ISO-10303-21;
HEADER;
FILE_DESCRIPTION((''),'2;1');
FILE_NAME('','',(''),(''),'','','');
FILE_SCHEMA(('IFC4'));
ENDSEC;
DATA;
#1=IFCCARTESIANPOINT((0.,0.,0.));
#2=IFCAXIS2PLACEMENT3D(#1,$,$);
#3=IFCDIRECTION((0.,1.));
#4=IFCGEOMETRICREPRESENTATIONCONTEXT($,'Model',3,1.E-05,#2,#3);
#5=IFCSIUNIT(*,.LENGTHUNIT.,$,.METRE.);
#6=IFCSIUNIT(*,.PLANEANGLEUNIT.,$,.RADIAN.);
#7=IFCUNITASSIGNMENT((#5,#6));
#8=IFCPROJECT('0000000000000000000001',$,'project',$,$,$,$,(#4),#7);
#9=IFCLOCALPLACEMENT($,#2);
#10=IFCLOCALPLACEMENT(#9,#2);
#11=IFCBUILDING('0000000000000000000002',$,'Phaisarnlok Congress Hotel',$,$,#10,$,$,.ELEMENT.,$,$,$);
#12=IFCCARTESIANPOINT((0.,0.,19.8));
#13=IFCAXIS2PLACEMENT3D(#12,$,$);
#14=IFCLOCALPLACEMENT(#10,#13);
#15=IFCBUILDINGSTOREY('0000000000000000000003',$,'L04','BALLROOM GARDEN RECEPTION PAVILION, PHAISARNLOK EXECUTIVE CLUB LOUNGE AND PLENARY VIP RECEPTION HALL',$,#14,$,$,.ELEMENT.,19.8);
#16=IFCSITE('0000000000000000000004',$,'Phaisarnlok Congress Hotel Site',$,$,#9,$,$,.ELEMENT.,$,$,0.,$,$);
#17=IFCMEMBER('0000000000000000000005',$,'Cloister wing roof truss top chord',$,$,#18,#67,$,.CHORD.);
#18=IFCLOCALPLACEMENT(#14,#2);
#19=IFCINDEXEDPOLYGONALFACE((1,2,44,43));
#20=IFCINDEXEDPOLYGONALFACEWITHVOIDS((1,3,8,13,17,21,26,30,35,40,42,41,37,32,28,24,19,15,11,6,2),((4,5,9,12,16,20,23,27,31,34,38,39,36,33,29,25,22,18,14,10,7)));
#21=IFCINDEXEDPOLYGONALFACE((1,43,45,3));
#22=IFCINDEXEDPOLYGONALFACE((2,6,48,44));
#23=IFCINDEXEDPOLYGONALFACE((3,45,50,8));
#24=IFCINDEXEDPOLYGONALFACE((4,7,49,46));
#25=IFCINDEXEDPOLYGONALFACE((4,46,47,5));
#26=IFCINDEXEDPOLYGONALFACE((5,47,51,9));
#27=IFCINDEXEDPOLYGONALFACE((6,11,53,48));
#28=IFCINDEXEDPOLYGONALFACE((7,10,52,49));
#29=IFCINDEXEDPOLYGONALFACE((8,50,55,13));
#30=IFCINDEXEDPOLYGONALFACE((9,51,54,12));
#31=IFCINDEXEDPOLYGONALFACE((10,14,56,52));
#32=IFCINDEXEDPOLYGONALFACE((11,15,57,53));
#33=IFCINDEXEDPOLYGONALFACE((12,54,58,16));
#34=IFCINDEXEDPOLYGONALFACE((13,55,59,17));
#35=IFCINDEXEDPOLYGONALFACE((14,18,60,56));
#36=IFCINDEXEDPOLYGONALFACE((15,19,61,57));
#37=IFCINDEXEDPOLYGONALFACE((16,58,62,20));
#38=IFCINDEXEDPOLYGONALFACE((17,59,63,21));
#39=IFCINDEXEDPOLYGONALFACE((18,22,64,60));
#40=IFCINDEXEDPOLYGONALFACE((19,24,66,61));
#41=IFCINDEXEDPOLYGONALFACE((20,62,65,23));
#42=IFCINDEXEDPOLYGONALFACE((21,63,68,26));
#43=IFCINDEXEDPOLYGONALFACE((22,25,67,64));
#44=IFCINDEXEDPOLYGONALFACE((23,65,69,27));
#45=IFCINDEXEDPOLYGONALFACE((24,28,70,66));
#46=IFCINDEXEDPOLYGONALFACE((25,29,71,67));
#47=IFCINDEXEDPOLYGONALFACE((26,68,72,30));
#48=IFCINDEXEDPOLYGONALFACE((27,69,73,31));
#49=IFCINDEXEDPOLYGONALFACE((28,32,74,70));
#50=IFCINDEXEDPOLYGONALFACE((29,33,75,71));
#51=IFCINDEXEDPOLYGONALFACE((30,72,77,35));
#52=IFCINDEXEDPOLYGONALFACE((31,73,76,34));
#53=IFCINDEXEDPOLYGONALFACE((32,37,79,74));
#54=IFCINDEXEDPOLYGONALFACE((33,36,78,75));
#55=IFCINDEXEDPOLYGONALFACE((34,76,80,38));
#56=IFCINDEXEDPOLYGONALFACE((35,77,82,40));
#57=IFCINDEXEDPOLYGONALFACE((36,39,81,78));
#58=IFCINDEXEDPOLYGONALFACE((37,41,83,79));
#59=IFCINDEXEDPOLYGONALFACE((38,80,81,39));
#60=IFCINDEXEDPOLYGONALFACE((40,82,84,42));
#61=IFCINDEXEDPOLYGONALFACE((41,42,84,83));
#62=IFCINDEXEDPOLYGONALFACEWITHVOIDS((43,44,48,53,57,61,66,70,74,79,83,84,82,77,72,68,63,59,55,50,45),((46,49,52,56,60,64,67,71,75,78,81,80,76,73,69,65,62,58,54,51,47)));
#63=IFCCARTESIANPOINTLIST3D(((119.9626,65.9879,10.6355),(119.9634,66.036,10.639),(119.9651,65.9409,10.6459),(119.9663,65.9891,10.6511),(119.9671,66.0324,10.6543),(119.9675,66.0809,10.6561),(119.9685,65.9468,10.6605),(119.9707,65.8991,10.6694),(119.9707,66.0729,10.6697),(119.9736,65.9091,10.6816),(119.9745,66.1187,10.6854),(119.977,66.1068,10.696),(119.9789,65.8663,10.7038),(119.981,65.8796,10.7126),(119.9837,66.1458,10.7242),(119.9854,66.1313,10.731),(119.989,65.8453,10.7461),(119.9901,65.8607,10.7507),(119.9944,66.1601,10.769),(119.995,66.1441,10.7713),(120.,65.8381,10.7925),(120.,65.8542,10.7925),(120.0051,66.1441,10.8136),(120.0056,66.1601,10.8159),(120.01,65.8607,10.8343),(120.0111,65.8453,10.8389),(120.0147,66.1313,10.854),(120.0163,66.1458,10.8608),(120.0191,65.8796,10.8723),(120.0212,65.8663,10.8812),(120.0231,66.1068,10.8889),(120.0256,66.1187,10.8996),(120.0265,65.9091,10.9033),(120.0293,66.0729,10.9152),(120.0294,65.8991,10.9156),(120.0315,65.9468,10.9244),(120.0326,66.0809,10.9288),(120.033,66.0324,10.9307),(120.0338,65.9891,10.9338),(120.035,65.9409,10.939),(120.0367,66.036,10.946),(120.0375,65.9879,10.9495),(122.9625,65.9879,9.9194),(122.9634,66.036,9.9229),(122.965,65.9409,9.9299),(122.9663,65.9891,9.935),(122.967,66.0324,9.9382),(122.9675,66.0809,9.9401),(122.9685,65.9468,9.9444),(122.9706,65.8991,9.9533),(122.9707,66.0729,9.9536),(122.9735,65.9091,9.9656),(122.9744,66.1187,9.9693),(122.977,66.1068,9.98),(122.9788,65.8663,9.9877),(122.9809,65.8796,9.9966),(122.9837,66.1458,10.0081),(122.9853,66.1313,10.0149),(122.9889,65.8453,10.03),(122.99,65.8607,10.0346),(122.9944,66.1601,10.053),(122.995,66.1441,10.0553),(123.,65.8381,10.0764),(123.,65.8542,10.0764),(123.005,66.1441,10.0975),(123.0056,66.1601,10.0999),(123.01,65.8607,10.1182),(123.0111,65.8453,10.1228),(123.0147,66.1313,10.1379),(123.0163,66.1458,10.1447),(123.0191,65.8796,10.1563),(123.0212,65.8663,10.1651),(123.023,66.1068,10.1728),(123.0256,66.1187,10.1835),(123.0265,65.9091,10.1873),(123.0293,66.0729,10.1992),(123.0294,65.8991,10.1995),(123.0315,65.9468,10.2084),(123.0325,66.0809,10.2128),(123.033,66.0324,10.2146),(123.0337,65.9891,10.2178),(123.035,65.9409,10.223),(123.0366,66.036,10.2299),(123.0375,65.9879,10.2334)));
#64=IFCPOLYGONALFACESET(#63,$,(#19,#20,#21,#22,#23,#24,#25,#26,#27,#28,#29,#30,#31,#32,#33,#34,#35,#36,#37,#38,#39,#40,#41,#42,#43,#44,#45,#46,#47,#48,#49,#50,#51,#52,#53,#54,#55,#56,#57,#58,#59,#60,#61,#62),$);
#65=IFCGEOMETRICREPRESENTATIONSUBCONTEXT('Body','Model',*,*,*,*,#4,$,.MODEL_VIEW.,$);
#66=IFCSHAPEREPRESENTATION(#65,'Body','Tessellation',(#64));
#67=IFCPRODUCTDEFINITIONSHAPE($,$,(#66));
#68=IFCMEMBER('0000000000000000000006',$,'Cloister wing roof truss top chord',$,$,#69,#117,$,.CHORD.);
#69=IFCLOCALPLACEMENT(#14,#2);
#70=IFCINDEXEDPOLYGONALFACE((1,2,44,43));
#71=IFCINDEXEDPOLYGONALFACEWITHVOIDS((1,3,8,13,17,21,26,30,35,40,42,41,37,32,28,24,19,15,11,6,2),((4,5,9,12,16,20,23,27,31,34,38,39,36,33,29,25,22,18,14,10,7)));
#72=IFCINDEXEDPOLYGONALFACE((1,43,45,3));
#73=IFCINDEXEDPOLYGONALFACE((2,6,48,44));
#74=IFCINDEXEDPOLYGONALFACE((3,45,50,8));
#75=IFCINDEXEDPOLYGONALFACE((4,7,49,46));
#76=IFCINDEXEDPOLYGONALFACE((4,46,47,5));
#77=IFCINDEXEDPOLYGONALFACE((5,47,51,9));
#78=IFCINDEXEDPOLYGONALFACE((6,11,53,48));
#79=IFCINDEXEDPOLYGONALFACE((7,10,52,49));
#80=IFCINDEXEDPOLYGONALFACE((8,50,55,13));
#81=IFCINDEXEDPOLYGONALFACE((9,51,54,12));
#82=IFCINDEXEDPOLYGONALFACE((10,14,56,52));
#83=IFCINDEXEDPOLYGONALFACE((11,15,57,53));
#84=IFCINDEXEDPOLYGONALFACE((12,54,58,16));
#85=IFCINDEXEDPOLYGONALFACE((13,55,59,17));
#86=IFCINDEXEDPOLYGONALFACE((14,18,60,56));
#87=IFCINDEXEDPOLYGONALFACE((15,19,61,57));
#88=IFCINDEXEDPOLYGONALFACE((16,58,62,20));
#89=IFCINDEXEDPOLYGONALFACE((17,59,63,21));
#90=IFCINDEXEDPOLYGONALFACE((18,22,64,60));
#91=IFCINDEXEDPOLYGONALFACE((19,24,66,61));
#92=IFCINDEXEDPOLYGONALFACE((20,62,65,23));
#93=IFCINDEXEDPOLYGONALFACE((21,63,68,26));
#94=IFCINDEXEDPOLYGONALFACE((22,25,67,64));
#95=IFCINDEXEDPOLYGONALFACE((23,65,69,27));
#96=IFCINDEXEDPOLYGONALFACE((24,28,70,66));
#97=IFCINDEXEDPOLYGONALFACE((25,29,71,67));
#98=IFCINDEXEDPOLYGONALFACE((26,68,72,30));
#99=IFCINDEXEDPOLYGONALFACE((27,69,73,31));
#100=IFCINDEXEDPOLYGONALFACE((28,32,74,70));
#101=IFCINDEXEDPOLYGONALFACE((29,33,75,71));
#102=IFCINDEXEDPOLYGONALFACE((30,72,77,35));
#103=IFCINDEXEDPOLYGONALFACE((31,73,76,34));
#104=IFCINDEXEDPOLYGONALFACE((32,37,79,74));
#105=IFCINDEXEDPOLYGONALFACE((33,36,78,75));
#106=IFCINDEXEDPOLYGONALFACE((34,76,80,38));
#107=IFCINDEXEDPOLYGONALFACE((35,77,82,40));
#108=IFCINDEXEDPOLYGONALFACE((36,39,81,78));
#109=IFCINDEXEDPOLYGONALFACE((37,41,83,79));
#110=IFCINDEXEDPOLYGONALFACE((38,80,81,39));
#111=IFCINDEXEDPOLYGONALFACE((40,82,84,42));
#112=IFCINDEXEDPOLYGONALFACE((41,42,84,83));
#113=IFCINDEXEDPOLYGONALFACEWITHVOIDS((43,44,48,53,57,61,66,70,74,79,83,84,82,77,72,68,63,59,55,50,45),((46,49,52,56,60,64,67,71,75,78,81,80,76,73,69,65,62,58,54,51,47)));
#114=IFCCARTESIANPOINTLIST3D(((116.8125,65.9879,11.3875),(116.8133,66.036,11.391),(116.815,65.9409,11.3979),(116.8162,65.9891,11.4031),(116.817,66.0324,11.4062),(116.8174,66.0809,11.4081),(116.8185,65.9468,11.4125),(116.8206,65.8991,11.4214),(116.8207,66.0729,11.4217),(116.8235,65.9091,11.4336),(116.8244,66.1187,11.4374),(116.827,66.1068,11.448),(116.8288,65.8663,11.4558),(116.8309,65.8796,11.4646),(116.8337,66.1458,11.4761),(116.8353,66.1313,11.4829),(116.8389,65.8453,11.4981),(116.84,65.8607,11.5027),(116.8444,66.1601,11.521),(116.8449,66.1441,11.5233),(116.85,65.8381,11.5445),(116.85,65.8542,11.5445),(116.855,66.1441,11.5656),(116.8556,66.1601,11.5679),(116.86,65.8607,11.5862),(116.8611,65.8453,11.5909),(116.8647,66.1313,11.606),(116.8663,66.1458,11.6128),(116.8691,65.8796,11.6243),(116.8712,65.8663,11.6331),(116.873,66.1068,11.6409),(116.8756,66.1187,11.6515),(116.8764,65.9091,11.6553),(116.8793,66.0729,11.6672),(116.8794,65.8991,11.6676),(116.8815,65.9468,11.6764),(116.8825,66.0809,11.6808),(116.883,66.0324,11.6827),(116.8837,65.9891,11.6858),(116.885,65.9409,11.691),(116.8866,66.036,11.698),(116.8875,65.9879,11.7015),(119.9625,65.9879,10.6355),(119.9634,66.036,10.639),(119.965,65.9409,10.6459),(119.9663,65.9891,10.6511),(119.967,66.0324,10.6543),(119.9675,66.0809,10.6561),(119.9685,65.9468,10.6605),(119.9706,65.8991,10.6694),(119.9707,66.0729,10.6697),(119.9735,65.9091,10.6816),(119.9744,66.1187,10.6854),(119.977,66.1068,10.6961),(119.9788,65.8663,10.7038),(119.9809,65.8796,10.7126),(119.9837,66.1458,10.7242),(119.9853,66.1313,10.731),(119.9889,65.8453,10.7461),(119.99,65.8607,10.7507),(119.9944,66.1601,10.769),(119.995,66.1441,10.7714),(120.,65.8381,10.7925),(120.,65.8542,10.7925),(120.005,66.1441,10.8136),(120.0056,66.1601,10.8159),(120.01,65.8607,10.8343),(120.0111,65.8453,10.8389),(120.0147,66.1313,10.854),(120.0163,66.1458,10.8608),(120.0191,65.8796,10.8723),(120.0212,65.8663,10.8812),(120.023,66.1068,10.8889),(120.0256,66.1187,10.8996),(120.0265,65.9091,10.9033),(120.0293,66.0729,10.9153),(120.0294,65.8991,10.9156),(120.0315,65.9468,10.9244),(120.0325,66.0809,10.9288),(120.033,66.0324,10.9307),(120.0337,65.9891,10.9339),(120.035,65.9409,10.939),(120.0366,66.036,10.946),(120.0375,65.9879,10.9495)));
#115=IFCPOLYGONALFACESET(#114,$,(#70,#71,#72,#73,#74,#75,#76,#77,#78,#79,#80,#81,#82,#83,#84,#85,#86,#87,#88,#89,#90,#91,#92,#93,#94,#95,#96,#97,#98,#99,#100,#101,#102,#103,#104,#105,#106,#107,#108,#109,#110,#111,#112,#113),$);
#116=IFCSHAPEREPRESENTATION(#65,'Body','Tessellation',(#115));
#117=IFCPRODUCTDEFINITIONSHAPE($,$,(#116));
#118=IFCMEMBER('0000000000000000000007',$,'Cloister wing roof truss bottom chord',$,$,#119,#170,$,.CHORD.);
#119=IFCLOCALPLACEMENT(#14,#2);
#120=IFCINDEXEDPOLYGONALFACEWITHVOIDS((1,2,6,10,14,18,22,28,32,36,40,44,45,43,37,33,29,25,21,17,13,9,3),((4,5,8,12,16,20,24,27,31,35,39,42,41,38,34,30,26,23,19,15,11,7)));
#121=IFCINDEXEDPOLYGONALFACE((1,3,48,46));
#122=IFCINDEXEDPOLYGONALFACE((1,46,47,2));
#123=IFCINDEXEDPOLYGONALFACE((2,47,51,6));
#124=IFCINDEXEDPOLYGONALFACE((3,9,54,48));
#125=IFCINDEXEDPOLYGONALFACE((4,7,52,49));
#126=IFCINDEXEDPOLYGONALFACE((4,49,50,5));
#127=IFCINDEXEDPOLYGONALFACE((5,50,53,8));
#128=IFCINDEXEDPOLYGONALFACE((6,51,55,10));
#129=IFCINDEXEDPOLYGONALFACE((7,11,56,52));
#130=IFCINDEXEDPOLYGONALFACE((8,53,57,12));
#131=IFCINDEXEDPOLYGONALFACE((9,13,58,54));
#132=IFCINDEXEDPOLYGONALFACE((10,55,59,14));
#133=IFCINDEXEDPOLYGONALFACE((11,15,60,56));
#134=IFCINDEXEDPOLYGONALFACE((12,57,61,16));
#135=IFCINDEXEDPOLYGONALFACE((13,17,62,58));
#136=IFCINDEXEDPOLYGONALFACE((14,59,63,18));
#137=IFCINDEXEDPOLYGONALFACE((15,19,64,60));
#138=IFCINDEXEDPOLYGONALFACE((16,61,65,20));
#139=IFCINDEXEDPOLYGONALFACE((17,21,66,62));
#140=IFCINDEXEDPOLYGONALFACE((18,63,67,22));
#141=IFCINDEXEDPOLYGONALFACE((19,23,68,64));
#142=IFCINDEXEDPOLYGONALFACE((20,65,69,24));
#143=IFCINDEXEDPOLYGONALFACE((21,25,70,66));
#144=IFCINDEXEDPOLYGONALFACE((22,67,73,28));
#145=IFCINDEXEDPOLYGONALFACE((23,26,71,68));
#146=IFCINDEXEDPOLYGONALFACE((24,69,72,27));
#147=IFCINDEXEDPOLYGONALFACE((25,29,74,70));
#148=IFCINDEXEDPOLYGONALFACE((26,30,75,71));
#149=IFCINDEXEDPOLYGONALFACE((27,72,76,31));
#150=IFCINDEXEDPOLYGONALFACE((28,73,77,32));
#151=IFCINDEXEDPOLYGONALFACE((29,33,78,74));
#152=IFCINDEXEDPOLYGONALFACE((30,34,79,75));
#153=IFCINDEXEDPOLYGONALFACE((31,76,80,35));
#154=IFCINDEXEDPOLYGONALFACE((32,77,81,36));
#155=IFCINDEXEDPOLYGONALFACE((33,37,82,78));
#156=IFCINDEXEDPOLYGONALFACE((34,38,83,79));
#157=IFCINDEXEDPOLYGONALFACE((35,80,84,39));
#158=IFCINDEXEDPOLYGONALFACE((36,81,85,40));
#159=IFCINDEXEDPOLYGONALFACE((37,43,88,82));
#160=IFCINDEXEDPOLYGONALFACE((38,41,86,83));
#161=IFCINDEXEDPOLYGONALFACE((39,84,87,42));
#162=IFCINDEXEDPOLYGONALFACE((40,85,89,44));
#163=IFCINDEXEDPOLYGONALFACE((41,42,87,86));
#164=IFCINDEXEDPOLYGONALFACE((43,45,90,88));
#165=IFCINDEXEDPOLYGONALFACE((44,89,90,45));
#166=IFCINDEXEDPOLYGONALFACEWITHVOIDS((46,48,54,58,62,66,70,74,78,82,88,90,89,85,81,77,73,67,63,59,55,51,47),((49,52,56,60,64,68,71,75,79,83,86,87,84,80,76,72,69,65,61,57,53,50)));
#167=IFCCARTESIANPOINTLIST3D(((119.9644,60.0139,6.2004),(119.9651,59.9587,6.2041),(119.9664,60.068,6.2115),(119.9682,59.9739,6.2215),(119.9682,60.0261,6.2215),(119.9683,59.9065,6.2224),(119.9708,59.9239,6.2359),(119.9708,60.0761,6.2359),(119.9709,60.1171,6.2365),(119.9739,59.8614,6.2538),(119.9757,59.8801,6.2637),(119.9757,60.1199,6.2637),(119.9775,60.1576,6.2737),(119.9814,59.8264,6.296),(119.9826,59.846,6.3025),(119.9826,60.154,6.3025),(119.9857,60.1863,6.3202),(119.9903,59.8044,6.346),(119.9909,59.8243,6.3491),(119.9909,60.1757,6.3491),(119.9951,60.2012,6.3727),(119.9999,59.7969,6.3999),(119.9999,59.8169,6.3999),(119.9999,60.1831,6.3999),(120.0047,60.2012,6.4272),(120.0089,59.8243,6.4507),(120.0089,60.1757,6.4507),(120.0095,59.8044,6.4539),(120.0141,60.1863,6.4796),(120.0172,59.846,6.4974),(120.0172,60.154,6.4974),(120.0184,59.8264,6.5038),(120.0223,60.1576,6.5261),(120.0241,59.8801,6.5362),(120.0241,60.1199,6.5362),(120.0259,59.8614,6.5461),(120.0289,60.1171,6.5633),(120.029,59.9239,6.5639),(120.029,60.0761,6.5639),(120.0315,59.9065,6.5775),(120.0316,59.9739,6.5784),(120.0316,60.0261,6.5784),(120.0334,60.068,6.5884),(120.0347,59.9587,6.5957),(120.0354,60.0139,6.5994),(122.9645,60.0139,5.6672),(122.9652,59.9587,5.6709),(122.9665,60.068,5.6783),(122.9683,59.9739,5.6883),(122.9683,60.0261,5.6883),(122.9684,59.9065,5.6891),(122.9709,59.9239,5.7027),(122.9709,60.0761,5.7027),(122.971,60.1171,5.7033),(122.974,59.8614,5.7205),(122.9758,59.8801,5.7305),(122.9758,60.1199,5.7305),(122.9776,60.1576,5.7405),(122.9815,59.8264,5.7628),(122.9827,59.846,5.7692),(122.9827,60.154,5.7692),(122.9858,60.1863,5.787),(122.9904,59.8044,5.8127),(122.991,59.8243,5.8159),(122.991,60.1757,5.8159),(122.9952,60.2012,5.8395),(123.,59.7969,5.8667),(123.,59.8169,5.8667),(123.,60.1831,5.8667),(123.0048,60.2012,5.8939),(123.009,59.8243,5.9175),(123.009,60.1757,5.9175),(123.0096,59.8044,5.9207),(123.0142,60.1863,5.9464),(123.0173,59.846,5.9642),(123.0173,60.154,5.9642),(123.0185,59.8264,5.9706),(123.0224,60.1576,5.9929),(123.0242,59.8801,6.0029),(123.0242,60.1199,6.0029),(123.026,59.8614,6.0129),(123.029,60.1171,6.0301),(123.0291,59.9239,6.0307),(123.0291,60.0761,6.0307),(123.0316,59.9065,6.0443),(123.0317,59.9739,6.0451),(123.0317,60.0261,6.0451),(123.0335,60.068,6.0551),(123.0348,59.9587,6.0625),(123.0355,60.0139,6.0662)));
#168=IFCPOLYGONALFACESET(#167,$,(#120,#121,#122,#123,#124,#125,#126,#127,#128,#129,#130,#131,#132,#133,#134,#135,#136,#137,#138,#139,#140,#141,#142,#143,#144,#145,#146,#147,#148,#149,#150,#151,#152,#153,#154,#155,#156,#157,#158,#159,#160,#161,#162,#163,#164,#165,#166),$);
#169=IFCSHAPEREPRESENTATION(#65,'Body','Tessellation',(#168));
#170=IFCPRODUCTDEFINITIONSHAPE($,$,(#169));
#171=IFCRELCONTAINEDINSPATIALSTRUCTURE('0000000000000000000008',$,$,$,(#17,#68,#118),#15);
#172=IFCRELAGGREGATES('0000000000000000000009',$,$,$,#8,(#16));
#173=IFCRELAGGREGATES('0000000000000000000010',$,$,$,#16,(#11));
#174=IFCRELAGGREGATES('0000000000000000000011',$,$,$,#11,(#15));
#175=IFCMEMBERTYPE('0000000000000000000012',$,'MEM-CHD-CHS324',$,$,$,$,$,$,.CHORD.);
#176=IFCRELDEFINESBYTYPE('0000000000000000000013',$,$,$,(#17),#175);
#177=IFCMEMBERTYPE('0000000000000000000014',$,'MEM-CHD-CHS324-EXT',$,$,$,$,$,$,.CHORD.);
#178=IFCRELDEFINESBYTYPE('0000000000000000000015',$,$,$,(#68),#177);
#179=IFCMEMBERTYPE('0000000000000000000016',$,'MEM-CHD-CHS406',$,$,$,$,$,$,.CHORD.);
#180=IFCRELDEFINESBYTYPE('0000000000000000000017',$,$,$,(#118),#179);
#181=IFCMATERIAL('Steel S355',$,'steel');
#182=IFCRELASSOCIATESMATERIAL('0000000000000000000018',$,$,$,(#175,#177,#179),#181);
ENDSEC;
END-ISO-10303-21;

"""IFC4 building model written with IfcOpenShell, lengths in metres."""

from ifc_helpers import new_model, si_unit, direction, frame, origin, origin_2d, place, context, subcontext, project, spatial, hollow_circle, extrude, material, material_profile, profile_set, type_object, element, save


model = new_model("IFC4")

# Units and contexts
model_context = context("Model", 3, precision=1e-05, world=origin(), true_north=direction((0.0, 1.0)))
body_context = subcontext(model_context, "Body", "Model", "MODEL_VIEW")
ifc_project = project(units=[si_unit("LENGTHUNIT", "METRE"), si_unit("PLANEANGLEUNIT", "RADIAN")], contexts=[model_context])

# Site, building, storey
site_placement = place(None, origin())
site = spatial("IfcSite", under=ifc_project, at=site_placement, Name="Phaisarnlok Congress Hotel Site", CompositionType="ELEMENT", RefElevation=0.0)
building_placement = place(site_placement, origin())
building = spatial("IfcBuilding", under=site, at=building_placement, Name="Phaisarnlok Congress Hotel", CompositionType="ELEMENT")
storey_placement = place(building_placement, frame((0.0, 0.0, 19.8)))
storey = spatial("IfcBuildingStorey", under=building, at=storey_placement, Name="L04", Description="BALLROOM GARDEN RECEPTION PAVILION, PHAISARNLOK EXECUTIVE CLUB LOUNGE AND PLENARY VIP RECEPTION HALL", CompositionType="ELEMENT", Elevation=19.8)

# Shared definitions
ifc_material_1 = material(Name="Steel S355", Category="steel")

# Members
ifc_material_profile_1 = material_profile(ifc_material_1, hollow_circle(Radius=0.1619, WallThickness=0.0161, at=origin_2d()), Name="CHS 323.9x16")
ifc_profile_set_1 = profile_set([ifc_material_profile_1], Name="Steel S355")
member_type_1 = type_object("IfcMemberType", Name="MEM-CHD-CHS324", PredefinedType="CHORD", material=ifc_profile_set_1)
for number, where, z_axis, x_axis, name in (
    (1, (123.0, 66.0, 10.0764), (-0.972676, 0.0, 0.232166), (0.0, -1.0, 0.0), "Cloister wing roof truss top chord"),
):
    element("IfcMember", number, at=place(storey_placement, frame(where, z_axis=z_axis, x_axis=x_axis)), inside=storey, type_object=member_type_1, Name=name, PredefinedType="CHORD", context=body_context, shape_type="SweptSolid", body=[
        extrude(hollow_circle(Radius=0.1619, WallThickness=0.0161, at=origin_2d()), origin(), (0.0, 0.0, 1.0), 3.0842),
    ])
ifc_material_profile_2 = material_profile(ifc_material_1, hollow_circle(Radius=0.1619, WallThickness=0.0161, at=origin_2d()), Name="CHS 323.9x16")
ifc_profile_set_2 = profile_set([ifc_material_profile_2], Name="Steel S355")
member_type_2 = type_object("IfcMemberType", Name="MEM-CHD-CHS324-EXT", PredefinedType="CHORD", material=ifc_profile_set_2)
member_1_placement = place(storey_placement, frame((120.0, 66.0, 10.7925), z_axis=(-0.972669, 0.0, 0.232198), x_axis=(0.0, -1.0, 0.0)))
element("IfcMember", 2, at=member_1_placement, inside=storey, type_object=member_type_2, Name="Cloister wing roof truss top chord", PredefinedType="CHORD", context=body_context, shape_type="SweptSolid", body=[
    extrude(hollow_circle(Radius=0.1619, WallThickness=0.0161, at=origin_2d()), origin(), (0.0, 0.0, 1.0), 3.2385),
])
ifc_material_profile_3 = material_profile(ifc_material_1, hollow_circle(Radius=0.2031, WallThickness=0.02, at=origin_2d()), Name="CHS 406.4x20")
ifc_profile_set_3 = profile_set([ifc_material_profile_3], Name="Steel S355")
member_type_3 = type_object("IfcMemberType", Name="MEM-CHD-CHS406", PredefinedType="CHORD", material=ifc_profile_set_3)
for number, where, z_axis, x_axis, name in (
    (3, (123.0, 60.0, 5.8667), (-0.98457, 0.0, 0.174992), (0.0, -1.0, 0.0), "Cloister wing roof truss bottom chord"),
):
    element("IfcMember", number, at=place(storey_placement, frame(where, z_axis=z_axis, x_axis=x_axis)), inside=storey, type_object=member_type_3, Name=name, PredefinedType="CHORD", context=body_context, shape_type="SweptSolid", body=[
        extrude(hollow_circle(Radius=0.2031, WallThickness=0.02, at=origin_2d()), origin(), (0.0, 0.0, 1.0), 3.0471),
    ])

save(model, "model.ifc")
